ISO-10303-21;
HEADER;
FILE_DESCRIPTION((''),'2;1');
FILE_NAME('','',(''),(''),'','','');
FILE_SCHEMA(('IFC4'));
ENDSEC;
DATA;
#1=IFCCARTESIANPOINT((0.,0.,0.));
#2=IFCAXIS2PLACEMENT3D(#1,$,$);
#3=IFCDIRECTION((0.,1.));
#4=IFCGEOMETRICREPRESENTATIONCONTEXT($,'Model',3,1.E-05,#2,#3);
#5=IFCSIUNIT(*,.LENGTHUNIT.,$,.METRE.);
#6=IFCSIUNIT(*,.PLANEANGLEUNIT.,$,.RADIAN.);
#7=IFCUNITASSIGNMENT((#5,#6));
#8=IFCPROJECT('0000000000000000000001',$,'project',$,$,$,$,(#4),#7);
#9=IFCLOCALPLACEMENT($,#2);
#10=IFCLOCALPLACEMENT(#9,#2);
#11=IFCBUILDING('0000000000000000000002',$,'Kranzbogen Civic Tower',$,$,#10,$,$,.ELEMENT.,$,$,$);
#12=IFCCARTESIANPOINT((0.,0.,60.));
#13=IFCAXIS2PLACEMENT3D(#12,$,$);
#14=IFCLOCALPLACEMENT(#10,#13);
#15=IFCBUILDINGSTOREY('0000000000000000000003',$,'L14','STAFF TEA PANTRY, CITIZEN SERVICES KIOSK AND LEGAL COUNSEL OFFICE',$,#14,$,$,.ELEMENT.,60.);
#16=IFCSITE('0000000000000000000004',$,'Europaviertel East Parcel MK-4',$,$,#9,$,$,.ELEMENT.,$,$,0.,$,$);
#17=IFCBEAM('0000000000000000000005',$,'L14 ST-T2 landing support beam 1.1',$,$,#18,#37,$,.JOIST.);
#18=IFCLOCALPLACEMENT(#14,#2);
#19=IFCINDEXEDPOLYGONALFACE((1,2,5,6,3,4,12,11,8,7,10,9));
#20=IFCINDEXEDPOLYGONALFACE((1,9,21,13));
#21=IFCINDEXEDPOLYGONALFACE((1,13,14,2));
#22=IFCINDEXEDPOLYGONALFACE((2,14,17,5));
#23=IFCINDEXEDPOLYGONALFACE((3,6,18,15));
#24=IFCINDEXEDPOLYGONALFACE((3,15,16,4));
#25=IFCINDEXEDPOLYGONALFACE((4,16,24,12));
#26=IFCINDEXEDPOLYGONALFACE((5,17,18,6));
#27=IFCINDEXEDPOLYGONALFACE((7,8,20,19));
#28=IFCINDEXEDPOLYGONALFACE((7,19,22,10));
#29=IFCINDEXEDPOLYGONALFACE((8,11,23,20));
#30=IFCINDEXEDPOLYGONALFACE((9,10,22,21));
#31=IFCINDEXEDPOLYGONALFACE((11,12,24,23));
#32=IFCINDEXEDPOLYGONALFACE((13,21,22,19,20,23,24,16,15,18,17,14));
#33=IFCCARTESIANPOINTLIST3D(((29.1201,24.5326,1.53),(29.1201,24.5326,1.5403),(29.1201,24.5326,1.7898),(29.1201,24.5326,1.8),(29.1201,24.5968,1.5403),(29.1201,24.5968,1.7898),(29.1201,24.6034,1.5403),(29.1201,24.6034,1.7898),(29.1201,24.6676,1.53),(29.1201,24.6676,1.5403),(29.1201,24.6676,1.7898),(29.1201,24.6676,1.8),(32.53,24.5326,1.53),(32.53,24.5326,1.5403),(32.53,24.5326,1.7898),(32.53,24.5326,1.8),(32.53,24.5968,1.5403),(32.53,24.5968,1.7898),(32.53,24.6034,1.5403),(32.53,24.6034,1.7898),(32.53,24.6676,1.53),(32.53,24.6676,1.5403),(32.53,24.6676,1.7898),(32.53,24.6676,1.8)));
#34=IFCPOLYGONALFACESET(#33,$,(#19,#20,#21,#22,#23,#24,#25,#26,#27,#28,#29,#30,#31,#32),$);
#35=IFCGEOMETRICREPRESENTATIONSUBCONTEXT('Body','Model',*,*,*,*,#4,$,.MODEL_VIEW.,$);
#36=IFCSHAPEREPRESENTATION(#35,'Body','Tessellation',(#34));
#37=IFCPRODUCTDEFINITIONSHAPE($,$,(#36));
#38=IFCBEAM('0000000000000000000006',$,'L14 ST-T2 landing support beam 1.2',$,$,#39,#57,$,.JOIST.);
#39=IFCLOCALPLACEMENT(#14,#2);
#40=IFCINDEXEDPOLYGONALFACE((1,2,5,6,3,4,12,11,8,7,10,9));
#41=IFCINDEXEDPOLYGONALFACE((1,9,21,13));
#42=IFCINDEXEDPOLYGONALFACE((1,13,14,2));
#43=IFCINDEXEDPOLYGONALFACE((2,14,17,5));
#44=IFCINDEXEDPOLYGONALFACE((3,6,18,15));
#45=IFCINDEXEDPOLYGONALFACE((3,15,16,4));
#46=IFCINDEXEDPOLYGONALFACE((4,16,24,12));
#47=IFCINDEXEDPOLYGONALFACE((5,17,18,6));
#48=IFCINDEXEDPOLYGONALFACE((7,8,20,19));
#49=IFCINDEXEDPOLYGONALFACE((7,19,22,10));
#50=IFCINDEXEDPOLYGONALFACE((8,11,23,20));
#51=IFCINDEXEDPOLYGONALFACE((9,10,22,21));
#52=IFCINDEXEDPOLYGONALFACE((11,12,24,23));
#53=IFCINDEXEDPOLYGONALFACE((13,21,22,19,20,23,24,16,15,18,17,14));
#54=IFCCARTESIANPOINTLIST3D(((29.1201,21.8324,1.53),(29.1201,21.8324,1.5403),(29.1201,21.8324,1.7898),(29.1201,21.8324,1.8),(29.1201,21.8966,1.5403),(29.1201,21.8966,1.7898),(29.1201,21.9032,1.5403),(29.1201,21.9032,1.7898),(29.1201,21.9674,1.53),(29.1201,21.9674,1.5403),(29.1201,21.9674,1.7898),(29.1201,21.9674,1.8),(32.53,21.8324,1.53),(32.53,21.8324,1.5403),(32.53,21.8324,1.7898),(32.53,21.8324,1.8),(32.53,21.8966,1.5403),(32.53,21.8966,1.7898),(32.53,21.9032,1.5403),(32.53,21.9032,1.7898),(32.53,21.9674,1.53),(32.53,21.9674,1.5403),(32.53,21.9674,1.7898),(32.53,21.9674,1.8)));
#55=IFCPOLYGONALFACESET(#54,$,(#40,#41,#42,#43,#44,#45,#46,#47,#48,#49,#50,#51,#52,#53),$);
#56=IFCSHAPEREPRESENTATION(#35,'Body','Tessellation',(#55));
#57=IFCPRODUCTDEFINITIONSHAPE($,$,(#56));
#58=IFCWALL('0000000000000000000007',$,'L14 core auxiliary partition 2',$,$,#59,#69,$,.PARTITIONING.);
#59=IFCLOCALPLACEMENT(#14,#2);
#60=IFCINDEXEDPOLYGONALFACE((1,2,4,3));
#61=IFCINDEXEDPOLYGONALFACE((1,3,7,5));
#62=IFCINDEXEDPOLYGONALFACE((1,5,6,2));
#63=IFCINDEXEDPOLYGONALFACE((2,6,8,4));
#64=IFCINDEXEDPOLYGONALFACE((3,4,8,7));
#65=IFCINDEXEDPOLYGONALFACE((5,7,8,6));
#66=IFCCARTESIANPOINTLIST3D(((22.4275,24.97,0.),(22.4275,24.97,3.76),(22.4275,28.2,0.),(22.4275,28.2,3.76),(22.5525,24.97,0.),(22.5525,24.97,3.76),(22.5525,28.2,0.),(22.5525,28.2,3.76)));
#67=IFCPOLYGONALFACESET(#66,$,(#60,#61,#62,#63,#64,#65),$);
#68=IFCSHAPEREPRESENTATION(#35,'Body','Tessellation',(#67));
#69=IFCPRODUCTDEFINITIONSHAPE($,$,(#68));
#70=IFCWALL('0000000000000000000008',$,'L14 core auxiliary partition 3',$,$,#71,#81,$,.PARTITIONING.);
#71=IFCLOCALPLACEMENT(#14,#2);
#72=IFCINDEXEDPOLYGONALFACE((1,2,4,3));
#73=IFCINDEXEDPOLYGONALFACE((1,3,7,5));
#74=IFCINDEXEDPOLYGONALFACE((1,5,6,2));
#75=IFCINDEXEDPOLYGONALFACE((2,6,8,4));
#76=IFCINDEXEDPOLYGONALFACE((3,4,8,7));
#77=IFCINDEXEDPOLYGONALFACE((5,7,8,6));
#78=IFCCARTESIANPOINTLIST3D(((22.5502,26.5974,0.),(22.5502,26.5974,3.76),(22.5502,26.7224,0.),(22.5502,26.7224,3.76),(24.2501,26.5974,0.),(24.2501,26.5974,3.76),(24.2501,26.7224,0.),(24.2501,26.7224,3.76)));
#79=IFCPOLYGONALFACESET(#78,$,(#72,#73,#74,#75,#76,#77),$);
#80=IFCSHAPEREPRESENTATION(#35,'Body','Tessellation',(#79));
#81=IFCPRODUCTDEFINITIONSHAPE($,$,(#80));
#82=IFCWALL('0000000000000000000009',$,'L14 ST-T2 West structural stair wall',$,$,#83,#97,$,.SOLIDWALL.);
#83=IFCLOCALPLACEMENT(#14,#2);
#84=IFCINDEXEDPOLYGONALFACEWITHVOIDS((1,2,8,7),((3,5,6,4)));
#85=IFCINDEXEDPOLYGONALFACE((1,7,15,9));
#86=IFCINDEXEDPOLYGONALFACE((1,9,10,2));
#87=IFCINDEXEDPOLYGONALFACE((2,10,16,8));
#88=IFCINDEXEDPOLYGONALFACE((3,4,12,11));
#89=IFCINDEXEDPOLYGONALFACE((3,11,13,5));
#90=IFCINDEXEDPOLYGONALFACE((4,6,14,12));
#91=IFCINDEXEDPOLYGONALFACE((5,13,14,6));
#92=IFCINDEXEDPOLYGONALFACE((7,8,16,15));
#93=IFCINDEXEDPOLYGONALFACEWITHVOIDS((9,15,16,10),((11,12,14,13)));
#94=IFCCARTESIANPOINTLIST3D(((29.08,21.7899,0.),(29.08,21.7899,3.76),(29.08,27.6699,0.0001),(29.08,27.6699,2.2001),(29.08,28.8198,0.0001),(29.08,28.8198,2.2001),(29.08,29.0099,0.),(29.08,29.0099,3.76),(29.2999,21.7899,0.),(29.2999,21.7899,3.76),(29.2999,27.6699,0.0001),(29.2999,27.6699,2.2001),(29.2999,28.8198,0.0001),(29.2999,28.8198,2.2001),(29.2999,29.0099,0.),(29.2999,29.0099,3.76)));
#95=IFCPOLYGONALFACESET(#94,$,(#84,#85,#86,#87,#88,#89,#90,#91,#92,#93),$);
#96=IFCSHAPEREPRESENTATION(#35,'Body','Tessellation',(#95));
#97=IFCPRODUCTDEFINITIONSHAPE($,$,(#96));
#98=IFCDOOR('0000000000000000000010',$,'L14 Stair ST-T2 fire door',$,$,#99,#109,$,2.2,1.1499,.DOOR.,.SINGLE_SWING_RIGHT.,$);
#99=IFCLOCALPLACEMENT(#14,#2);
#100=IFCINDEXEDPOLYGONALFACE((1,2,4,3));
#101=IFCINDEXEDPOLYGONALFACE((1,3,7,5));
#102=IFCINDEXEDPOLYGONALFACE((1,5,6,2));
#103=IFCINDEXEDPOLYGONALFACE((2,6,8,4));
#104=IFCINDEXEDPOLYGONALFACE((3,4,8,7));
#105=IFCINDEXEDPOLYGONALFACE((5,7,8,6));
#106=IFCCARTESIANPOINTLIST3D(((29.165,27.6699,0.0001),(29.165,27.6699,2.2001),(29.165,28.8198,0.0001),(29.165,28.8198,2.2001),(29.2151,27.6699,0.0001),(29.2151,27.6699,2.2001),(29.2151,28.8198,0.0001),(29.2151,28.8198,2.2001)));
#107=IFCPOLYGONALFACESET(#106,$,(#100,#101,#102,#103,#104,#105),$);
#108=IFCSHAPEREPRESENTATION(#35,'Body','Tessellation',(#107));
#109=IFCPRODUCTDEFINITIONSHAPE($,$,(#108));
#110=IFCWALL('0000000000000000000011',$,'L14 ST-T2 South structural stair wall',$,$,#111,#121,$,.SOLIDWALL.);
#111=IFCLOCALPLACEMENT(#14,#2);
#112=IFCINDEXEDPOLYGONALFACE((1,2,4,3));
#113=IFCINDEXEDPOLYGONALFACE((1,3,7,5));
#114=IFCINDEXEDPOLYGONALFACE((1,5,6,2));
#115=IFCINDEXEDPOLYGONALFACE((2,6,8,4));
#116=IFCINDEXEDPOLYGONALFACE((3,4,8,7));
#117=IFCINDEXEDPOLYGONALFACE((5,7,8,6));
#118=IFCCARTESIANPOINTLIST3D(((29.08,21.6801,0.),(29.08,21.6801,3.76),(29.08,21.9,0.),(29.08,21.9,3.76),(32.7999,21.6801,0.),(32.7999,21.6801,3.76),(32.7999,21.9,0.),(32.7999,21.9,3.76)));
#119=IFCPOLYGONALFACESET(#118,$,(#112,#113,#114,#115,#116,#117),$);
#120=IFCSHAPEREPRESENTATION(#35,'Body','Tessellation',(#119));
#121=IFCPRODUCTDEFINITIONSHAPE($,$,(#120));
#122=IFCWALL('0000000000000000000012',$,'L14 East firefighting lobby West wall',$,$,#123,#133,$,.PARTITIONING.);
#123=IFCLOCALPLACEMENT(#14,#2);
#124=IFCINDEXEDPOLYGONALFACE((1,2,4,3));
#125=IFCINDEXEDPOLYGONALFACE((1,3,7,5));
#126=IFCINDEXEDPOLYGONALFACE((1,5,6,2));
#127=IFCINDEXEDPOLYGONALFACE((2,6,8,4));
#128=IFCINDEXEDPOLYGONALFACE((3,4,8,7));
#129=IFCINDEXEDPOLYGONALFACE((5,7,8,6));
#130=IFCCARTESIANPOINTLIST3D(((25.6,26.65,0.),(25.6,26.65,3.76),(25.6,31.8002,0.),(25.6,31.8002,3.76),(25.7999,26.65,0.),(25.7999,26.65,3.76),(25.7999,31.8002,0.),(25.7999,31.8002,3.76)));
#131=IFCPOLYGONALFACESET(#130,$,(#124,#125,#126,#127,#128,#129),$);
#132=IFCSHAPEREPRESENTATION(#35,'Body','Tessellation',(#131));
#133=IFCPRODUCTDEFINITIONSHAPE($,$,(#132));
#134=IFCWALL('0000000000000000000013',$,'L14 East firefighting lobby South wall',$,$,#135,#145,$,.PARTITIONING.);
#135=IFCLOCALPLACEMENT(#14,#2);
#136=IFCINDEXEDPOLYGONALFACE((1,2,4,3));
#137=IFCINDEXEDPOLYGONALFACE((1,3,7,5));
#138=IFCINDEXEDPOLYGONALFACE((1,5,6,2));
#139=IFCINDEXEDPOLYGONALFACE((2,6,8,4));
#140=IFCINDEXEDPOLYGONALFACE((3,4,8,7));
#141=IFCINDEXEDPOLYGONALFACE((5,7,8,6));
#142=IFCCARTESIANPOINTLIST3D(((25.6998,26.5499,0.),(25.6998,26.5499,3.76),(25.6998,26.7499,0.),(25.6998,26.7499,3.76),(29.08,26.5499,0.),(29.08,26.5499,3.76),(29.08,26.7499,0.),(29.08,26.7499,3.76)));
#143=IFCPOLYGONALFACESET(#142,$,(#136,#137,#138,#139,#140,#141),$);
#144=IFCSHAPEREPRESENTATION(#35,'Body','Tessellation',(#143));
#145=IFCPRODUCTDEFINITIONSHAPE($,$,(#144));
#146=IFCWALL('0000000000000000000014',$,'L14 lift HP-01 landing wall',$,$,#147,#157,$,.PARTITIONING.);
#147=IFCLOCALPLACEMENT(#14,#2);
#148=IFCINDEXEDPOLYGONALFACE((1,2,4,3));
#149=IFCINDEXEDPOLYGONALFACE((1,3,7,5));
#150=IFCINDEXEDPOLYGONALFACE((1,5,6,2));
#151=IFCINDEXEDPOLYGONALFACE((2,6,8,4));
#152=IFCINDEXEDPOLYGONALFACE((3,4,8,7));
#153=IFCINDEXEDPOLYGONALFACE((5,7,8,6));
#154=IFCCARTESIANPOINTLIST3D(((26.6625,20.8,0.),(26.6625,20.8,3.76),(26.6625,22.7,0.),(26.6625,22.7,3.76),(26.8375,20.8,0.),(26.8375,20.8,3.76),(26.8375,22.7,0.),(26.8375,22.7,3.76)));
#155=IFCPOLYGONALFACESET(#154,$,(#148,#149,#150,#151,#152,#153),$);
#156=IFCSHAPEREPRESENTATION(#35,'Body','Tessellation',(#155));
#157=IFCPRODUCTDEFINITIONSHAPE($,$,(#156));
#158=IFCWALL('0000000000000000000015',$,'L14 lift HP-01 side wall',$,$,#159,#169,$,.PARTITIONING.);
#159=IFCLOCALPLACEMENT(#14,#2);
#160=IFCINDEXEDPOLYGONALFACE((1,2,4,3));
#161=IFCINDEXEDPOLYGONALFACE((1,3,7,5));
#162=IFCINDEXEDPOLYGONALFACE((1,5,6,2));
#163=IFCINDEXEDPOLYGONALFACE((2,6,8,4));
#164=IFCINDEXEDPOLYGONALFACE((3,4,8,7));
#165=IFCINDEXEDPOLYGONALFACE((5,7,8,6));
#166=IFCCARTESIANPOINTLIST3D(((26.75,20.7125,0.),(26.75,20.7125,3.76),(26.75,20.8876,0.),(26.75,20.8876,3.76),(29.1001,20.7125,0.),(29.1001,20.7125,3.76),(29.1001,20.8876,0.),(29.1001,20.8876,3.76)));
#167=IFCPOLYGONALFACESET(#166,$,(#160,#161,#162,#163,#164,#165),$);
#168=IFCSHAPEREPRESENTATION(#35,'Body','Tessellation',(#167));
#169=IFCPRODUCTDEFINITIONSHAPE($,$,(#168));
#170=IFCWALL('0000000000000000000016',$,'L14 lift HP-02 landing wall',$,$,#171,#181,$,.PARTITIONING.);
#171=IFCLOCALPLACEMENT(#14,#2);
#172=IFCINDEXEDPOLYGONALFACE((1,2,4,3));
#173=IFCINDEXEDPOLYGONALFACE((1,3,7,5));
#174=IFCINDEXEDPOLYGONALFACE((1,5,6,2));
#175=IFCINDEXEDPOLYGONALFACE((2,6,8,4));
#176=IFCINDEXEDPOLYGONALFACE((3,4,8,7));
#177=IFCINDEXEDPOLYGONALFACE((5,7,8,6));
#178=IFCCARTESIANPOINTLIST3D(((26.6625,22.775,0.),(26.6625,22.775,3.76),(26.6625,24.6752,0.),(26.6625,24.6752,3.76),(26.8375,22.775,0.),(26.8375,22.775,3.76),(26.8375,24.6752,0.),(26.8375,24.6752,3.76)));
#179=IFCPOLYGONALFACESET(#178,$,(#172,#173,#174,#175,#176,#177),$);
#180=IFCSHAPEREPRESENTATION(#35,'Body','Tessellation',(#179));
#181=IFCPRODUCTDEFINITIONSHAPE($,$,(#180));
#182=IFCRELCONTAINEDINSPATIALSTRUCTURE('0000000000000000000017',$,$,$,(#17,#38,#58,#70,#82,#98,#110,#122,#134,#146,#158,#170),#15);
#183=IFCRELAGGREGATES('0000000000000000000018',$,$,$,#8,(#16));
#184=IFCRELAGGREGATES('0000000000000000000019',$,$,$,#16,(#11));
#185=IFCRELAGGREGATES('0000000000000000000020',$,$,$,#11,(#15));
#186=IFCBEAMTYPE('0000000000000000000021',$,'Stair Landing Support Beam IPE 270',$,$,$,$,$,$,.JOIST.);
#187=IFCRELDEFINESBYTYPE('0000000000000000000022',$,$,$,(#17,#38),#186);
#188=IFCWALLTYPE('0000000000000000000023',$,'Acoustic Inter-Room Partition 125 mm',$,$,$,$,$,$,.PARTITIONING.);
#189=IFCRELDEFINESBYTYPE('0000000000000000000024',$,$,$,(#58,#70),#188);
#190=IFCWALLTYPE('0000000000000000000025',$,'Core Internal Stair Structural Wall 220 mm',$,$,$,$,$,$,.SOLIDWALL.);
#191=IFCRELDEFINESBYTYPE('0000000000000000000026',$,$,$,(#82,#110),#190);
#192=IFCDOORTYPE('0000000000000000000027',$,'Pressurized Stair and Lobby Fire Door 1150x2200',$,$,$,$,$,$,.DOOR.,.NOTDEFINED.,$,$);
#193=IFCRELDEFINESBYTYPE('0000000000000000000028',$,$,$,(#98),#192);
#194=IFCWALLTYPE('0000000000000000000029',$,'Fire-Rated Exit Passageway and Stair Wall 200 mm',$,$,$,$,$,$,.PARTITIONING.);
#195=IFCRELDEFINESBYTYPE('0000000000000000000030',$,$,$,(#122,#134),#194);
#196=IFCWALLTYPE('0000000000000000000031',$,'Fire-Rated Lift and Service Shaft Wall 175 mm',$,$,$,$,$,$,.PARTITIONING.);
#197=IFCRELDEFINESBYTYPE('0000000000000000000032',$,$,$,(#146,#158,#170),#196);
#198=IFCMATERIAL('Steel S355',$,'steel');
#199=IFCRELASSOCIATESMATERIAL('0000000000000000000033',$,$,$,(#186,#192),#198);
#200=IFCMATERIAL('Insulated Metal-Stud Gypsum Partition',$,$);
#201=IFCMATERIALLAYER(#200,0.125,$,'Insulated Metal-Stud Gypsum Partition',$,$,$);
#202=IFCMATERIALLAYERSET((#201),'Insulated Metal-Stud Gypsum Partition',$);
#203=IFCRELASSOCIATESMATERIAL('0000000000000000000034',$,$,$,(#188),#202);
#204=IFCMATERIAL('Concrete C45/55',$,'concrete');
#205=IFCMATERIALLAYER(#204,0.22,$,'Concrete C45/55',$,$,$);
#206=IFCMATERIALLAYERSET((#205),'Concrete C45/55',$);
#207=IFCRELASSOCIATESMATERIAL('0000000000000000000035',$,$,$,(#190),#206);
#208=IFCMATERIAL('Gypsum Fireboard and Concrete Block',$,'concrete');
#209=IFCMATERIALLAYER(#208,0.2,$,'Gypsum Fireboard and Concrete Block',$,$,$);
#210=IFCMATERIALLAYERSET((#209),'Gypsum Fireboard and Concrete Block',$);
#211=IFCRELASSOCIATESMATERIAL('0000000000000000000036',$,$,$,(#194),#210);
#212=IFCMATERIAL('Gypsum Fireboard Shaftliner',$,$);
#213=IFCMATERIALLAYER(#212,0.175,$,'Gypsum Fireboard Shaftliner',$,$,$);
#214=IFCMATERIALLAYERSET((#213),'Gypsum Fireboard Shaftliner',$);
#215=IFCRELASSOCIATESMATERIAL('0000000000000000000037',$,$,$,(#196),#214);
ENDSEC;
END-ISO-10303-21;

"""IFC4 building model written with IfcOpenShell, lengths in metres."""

from ifc_helpers import new_model, si_unit, direction, frame, frame_2d, origin, origin_2d, place, context, subcontext, project, spatial, rectangle, i_section, extrude, material, layer, layer_set, material_profile, profile_set, type_object, element, fill, save


model = new_model("IFC4")

# Units and contexts
model_context = context("Model", 3, precision=1e-05, world=origin(), true_north=direction((0.0, 1.0)))
body_context = subcontext(model_context, "Body", "Model", "MODEL_VIEW")
ifc_project = project(units=[si_unit("LENGTHUNIT", "METRE"), si_unit("PLANEANGLEUNIT", "RADIAN")], contexts=[model_context])

# Site, building, storey
site_placement = place(None, origin())
site = spatial("IfcSite", under=ifc_project, at=site_placement, Name="Europaviertel East Parcel MK-4", CompositionType="ELEMENT", RefElevation=0.0)
building_placement = place(site_placement, origin())
building = spatial("IfcBuilding", under=site, at=building_placement, Name="Kranzbogen Civic Tower", CompositionType="ELEMENT")
storey_placement = place(building_placement, frame((0.0, 0.0, 60.0)))
storey = spatial("IfcBuildingStorey", under=building, at=storey_placement, Name="L14", Description="STAFF TEA PANTRY, CITIZEN SERVICES KIOSK AND LEGAL COUNSEL OFFICE", CompositionType="ELEMENT", Elevation=60.0)

# Beams
ifc_material_1 = material(Name="Steel S355", Category="steel")
ifc_material_profile = material_profile(ifc_material_1, i_section(OverallWidth=0.135, OverallDepth=0.27, WebThickness=0.0066, FlangeThickness=0.0103, at=origin_2d()), Name="IPE 270")
ifc_profile_set = profile_set([ifc_material_profile], Name="Steel S355")
beam_type = type_object("IfcBeamType", Name="Stair Landing Support Beam IPE 270", PredefinedType="JOIST", material=ifc_profile_set)
for number, where, z_axis, x_axis, name in (
    (1, (29.1201, 24.6001, 1.665), (1.0, 0.0, 0.0), (0.0, 1.0, 0.0), "L14 ST-T2 landing support beam 1.1"),
    (2, (29.1201, 21.8999, 1.665), (1.0, 0.0, 0.0), (0.0, 1.0, 0.0), "L14 ST-T2 landing support beam 1.2"),
):
    element("IfcBeam", number, at=place(storey_placement, frame(where, z_axis=z_axis, x_axis=x_axis)), inside=storey, type_object=beam_type, Name=name, PredefinedType="JOIST", context=body_context, shape_type="SweptSolid", body=[
        extrude(i_section(OverallWidth=0.135, OverallDepth=0.27, WebThickness=0.0066, FlangeThickness=0.0103, at=origin_2d()), origin(), (0.0, 0.0, 1.0), 3.4099),
    ])

# Walls
ifc_material_2 = material(Name="Insulated Metal-Stud Gypsum Partition")
ifc_layer_1 = layer(ifc_material_2, 0.125, Name="Insulated Metal-Stud Gypsum Partition")
ifc_layer_set_1 = layer_set([ifc_layer_1], Name="Insulated Metal-Stud Gypsum Partition")
wall_type_1 = type_object("IfcWallType", Name="Acoustic Inter-Room Partition 125 mm", PredefinedType="PARTITIONING", material=ifc_layer_set_1)
wall_1_placement = place(storey_placement, frame((22.49, 24.97, 0.0), z_axis=(0.0, 0.0, 1.0), x_axis=(0.0, 1.0, 0.0)))
element("IfcWall", 3, at=wall_1_placement, inside=storey, type_object=wall_type_1, Name="L14 core auxiliary partition 2", PredefinedType="PARTITIONING", context=body_context, shape_type="SweptSolid", body=[
    extrude(rectangle(XDim=3.23, YDim=0.125, at=frame_2d((1.615, 0.0))), origin(), (0.0, 0.0, 1.0), 3.76),
])
wall_2_placement = place(storey_placement, frame((22.55, 26.6599, 0.0), z_axis=(0.0, 0.0, 1.0), x_axis=(1.0, 0.0, 0.0)))
element("IfcWall", 4, at=wall_2_placement, inside=storey, type_object=wall_type_1, Name="L14 core auxiliary partition 3", PredefinedType="PARTITIONING", context=body_context, shape_type="SweptSolid", body=[
    extrude(rectangle(XDim=1.7, YDim=0.125, at=frame_2d((0.8501, 0.0))), origin(), (0.0, 0.0, 1.0), 3.76),
])

# Wall, opening, door
ifc_material_3 = material(Name="Concrete C45/55", Category="concrete")
ifc_layer_2 = layer(ifc_material_3, 0.22, Name="Concrete C45/55")
ifc_layer_set_2 = layer_set([ifc_layer_2], Name="Concrete C45/55")
wall_type_2 = type_object("IfcWallType", Name="Core Internal Stair Structural Wall 220 mm", PredefinedType="SOLIDWALL", material=ifc_layer_set_2)
wall_3_placement = place(storey_placement, frame((29.1899, 21.79, 0.0), z_axis=(0.0, 0.0, 1.0), x_axis=(0.0, 1.0, 0.0)))
wall_3 = element("IfcWall", 5, at=wall_3_placement, inside=storey, type_object=wall_type_2, Name="L14 ST-T2 West structural stair wall", PredefinedType="SOLIDWALL", context=body_context, shape_type="SweptSolid", body=[
    extrude(rectangle(XDim=7.22, YDim=0.22, at=frame_2d((3.6099, 0.0))), origin(), (0.0, 0.0, 1.0), 3.76),
])
opening_1_placement = place(wall_3_placement, frame((5.8799, 0.0, 0.0)))
opening_1 = element("IfcOpeningElement", 6, at=opening_1_placement, cuts=wall_3, PredefinedType="OPENING", context=body_context, shape_type="SweptSolid", body=[
    extrude(rectangle(XDim=1.1499, YDim=2.2, at=frame_2d((0.575, 1.1001))), frame((0.0, 0.1201, 0.0), z_axis=(0.0, -1.0, 0.0), x_axis=(1.0, 0.0, 0.0)), (0.0, 0.0, 1.0), 0.24),
])
door_type_1 = type_object("IfcDoorType", Name="Pressurized Stair and Lobby Fire Door 1150x2200", OperationType="NOTDEFINED", PredefinedType="DOOR", material=ifc_material_1)
door_1_placement = place(opening_1_placement, origin())
door_1 = element("IfcDoor", 7, at=door_1_placement, inside=storey, type_object=door_type_1, Name="L14 Stair ST-T2 fire door", OperationType="SINGLE_SWING_RIGHT", OverallHeight=2.2, OverallWidth=1.1499, PredefinedType="DOOR", context=body_context, shape_type="SweptSolid", body=[
    extrude(rectangle(XDim=1.1499, YDim=2.2, at=frame_2d((0.575, 1.1001))), frame((0.0, 0.0249, 0.0), z_axis=(0.0, -1.0, 0.0), x_axis=(1.0, 0.0, 0.0)), (0.0, 0.0, 1.0), 0.05),
])
fill(opening_1, door_1)

# Walls
wall_4_placement = place(storey_placement, frame((29.0801, 21.79, 0.0), z_axis=(0.0, 0.0, 1.0), x_axis=(1.0, 0.0, 0.0)))
element("IfcWall", 8, at=wall_4_placement, inside=storey, type_object=wall_type_2, Name="L14 ST-T2 South structural stair wall", PredefinedType="SOLIDWALL", context=body_context, shape_type="SweptSolid", body=[
    extrude(rectangle(XDim=3.72, YDim=0.22, at=frame_2d((1.8599, 0.0))), origin(), (0.0, 0.0, 1.0), 3.76),
])
ifc_material_4 = material(Name="Gypsum Fireboard and Concrete Block", Category="concrete")
ifc_layer_3 = layer(ifc_material_4, 0.2, Name="Gypsum Fireboard and Concrete Block")
ifc_layer_set_3 = layer_set([ifc_layer_3], Name="Gypsum Fireboard and Concrete Block")
wall_type_3 = type_object("IfcWallType", Name="Fire-Rated Exit Passageway and Stair Wall 200 mm", PredefinedType="PARTITIONING", material=ifc_layer_set_3)
wall_5_placement = place(storey_placement, frame((25.7, 26.6499, 0.0), z_axis=(0.0, 0.0, 1.0), x_axis=(0.0, 1.0, 0.0)))
element("IfcWall", 9, at=wall_5_placement, inside=storey, type_object=wall_type_3, Name="L14 East firefighting lobby West wall", PredefinedType="PARTITIONING", context=body_context, shape_type="SweptSolid", body=[
    extrude(rectangle(XDim=5.1501, YDim=0.2, at=frame_2d((2.5752, 0.0))), origin(), (0.0, 0.0, 1.0), 3.76),
])
wall_6_placement = place(storey_placement, frame((25.7, 26.6499, 0.0), z_axis=(0.0, 0.0, 1.0), x_axis=(1.0, 0.0, 0.0)))
element("IfcWall", 10, at=wall_6_placement, inside=storey, type_object=wall_type_3, Name="L14 East firefighting lobby South wall", PredefinedType="PARTITIONING", context=body_context, shape_type="SweptSolid", body=[
    extrude(rectangle(XDim=3.3801, YDim=0.2, at=frame_2d((1.6899, 0.0))), origin(), (0.0, 0.0, 1.0), 3.76),
])
ifc_material_5 = material(Name="Gypsum Fireboard Shaftliner")
ifc_layer_4 = layer(ifc_material_5, 0.175, Name="Gypsum Fireboard Shaftliner")
ifc_layer_set_4 = layer_set([ifc_layer_4], Name="Gypsum Fireboard Shaftliner")
wall_type_4 = type_object("IfcWallType", Name="Fire-Rated Lift and Service Shaft Wall 175 mm", PredefinedType="PARTITIONING", material=ifc_layer_set_4)
wall_7_placement = place(storey_placement, frame((26.75, 20.8, 0.0), z_axis=(0.0, 0.0, 1.0), x_axis=(0.0, 1.0, 0.0)))
element("IfcWall", 11, at=wall_7_placement, inside=storey, type_object=wall_type_4, Name="L14 lift HP-01 landing wall", PredefinedType="PARTITIONING", context=body_context, shape_type="SweptSolid", body=[
    extrude(rectangle(XDim=1.8999, YDim=0.175, at=frame_2d((0.95, 0.0))), origin(), (0.0, 0.0, 1.0), 3.76),
])
wall_8_placement = place(storey_placement, frame((26.75, 20.8, 0.0), z_axis=(0.0, 0.0, 1.0), x_axis=(1.0, 0.0, 0.0)))
element("IfcWall", 12, at=wall_8_placement, inside=storey, type_object=wall_type_4, Name="L14 lift HP-01 side wall", PredefinedType="PARTITIONING", context=body_context, shape_type="SweptSolid", body=[
    extrude(rectangle(XDim=2.3501, YDim=0.175, at=frame_2d((1.175, 0.0))), origin(), (0.0, 0.0, 1.0), 3.76),
])
wall_9_placement = place(storey_placement, frame((26.75, 22.7749, 0.0), z_axis=(0.0, 0.0, 1.0), x_axis=(0.0, 1.0, 0.0)))
element("IfcWall", 13, at=wall_9_placement, inside=storey, type_object=wall_type_4, Name="L14 lift HP-02 landing wall", PredefinedType="PARTITIONING", context=body_context, shape_type="SweptSolid", body=[
    extrude(rectangle(XDim=1.9001, YDim=0.175, at=frame_2d((0.9502, 0.0))), origin(), (0.0, 0.0, 1.0), 3.76),
])

save(model, "model.ifc")
